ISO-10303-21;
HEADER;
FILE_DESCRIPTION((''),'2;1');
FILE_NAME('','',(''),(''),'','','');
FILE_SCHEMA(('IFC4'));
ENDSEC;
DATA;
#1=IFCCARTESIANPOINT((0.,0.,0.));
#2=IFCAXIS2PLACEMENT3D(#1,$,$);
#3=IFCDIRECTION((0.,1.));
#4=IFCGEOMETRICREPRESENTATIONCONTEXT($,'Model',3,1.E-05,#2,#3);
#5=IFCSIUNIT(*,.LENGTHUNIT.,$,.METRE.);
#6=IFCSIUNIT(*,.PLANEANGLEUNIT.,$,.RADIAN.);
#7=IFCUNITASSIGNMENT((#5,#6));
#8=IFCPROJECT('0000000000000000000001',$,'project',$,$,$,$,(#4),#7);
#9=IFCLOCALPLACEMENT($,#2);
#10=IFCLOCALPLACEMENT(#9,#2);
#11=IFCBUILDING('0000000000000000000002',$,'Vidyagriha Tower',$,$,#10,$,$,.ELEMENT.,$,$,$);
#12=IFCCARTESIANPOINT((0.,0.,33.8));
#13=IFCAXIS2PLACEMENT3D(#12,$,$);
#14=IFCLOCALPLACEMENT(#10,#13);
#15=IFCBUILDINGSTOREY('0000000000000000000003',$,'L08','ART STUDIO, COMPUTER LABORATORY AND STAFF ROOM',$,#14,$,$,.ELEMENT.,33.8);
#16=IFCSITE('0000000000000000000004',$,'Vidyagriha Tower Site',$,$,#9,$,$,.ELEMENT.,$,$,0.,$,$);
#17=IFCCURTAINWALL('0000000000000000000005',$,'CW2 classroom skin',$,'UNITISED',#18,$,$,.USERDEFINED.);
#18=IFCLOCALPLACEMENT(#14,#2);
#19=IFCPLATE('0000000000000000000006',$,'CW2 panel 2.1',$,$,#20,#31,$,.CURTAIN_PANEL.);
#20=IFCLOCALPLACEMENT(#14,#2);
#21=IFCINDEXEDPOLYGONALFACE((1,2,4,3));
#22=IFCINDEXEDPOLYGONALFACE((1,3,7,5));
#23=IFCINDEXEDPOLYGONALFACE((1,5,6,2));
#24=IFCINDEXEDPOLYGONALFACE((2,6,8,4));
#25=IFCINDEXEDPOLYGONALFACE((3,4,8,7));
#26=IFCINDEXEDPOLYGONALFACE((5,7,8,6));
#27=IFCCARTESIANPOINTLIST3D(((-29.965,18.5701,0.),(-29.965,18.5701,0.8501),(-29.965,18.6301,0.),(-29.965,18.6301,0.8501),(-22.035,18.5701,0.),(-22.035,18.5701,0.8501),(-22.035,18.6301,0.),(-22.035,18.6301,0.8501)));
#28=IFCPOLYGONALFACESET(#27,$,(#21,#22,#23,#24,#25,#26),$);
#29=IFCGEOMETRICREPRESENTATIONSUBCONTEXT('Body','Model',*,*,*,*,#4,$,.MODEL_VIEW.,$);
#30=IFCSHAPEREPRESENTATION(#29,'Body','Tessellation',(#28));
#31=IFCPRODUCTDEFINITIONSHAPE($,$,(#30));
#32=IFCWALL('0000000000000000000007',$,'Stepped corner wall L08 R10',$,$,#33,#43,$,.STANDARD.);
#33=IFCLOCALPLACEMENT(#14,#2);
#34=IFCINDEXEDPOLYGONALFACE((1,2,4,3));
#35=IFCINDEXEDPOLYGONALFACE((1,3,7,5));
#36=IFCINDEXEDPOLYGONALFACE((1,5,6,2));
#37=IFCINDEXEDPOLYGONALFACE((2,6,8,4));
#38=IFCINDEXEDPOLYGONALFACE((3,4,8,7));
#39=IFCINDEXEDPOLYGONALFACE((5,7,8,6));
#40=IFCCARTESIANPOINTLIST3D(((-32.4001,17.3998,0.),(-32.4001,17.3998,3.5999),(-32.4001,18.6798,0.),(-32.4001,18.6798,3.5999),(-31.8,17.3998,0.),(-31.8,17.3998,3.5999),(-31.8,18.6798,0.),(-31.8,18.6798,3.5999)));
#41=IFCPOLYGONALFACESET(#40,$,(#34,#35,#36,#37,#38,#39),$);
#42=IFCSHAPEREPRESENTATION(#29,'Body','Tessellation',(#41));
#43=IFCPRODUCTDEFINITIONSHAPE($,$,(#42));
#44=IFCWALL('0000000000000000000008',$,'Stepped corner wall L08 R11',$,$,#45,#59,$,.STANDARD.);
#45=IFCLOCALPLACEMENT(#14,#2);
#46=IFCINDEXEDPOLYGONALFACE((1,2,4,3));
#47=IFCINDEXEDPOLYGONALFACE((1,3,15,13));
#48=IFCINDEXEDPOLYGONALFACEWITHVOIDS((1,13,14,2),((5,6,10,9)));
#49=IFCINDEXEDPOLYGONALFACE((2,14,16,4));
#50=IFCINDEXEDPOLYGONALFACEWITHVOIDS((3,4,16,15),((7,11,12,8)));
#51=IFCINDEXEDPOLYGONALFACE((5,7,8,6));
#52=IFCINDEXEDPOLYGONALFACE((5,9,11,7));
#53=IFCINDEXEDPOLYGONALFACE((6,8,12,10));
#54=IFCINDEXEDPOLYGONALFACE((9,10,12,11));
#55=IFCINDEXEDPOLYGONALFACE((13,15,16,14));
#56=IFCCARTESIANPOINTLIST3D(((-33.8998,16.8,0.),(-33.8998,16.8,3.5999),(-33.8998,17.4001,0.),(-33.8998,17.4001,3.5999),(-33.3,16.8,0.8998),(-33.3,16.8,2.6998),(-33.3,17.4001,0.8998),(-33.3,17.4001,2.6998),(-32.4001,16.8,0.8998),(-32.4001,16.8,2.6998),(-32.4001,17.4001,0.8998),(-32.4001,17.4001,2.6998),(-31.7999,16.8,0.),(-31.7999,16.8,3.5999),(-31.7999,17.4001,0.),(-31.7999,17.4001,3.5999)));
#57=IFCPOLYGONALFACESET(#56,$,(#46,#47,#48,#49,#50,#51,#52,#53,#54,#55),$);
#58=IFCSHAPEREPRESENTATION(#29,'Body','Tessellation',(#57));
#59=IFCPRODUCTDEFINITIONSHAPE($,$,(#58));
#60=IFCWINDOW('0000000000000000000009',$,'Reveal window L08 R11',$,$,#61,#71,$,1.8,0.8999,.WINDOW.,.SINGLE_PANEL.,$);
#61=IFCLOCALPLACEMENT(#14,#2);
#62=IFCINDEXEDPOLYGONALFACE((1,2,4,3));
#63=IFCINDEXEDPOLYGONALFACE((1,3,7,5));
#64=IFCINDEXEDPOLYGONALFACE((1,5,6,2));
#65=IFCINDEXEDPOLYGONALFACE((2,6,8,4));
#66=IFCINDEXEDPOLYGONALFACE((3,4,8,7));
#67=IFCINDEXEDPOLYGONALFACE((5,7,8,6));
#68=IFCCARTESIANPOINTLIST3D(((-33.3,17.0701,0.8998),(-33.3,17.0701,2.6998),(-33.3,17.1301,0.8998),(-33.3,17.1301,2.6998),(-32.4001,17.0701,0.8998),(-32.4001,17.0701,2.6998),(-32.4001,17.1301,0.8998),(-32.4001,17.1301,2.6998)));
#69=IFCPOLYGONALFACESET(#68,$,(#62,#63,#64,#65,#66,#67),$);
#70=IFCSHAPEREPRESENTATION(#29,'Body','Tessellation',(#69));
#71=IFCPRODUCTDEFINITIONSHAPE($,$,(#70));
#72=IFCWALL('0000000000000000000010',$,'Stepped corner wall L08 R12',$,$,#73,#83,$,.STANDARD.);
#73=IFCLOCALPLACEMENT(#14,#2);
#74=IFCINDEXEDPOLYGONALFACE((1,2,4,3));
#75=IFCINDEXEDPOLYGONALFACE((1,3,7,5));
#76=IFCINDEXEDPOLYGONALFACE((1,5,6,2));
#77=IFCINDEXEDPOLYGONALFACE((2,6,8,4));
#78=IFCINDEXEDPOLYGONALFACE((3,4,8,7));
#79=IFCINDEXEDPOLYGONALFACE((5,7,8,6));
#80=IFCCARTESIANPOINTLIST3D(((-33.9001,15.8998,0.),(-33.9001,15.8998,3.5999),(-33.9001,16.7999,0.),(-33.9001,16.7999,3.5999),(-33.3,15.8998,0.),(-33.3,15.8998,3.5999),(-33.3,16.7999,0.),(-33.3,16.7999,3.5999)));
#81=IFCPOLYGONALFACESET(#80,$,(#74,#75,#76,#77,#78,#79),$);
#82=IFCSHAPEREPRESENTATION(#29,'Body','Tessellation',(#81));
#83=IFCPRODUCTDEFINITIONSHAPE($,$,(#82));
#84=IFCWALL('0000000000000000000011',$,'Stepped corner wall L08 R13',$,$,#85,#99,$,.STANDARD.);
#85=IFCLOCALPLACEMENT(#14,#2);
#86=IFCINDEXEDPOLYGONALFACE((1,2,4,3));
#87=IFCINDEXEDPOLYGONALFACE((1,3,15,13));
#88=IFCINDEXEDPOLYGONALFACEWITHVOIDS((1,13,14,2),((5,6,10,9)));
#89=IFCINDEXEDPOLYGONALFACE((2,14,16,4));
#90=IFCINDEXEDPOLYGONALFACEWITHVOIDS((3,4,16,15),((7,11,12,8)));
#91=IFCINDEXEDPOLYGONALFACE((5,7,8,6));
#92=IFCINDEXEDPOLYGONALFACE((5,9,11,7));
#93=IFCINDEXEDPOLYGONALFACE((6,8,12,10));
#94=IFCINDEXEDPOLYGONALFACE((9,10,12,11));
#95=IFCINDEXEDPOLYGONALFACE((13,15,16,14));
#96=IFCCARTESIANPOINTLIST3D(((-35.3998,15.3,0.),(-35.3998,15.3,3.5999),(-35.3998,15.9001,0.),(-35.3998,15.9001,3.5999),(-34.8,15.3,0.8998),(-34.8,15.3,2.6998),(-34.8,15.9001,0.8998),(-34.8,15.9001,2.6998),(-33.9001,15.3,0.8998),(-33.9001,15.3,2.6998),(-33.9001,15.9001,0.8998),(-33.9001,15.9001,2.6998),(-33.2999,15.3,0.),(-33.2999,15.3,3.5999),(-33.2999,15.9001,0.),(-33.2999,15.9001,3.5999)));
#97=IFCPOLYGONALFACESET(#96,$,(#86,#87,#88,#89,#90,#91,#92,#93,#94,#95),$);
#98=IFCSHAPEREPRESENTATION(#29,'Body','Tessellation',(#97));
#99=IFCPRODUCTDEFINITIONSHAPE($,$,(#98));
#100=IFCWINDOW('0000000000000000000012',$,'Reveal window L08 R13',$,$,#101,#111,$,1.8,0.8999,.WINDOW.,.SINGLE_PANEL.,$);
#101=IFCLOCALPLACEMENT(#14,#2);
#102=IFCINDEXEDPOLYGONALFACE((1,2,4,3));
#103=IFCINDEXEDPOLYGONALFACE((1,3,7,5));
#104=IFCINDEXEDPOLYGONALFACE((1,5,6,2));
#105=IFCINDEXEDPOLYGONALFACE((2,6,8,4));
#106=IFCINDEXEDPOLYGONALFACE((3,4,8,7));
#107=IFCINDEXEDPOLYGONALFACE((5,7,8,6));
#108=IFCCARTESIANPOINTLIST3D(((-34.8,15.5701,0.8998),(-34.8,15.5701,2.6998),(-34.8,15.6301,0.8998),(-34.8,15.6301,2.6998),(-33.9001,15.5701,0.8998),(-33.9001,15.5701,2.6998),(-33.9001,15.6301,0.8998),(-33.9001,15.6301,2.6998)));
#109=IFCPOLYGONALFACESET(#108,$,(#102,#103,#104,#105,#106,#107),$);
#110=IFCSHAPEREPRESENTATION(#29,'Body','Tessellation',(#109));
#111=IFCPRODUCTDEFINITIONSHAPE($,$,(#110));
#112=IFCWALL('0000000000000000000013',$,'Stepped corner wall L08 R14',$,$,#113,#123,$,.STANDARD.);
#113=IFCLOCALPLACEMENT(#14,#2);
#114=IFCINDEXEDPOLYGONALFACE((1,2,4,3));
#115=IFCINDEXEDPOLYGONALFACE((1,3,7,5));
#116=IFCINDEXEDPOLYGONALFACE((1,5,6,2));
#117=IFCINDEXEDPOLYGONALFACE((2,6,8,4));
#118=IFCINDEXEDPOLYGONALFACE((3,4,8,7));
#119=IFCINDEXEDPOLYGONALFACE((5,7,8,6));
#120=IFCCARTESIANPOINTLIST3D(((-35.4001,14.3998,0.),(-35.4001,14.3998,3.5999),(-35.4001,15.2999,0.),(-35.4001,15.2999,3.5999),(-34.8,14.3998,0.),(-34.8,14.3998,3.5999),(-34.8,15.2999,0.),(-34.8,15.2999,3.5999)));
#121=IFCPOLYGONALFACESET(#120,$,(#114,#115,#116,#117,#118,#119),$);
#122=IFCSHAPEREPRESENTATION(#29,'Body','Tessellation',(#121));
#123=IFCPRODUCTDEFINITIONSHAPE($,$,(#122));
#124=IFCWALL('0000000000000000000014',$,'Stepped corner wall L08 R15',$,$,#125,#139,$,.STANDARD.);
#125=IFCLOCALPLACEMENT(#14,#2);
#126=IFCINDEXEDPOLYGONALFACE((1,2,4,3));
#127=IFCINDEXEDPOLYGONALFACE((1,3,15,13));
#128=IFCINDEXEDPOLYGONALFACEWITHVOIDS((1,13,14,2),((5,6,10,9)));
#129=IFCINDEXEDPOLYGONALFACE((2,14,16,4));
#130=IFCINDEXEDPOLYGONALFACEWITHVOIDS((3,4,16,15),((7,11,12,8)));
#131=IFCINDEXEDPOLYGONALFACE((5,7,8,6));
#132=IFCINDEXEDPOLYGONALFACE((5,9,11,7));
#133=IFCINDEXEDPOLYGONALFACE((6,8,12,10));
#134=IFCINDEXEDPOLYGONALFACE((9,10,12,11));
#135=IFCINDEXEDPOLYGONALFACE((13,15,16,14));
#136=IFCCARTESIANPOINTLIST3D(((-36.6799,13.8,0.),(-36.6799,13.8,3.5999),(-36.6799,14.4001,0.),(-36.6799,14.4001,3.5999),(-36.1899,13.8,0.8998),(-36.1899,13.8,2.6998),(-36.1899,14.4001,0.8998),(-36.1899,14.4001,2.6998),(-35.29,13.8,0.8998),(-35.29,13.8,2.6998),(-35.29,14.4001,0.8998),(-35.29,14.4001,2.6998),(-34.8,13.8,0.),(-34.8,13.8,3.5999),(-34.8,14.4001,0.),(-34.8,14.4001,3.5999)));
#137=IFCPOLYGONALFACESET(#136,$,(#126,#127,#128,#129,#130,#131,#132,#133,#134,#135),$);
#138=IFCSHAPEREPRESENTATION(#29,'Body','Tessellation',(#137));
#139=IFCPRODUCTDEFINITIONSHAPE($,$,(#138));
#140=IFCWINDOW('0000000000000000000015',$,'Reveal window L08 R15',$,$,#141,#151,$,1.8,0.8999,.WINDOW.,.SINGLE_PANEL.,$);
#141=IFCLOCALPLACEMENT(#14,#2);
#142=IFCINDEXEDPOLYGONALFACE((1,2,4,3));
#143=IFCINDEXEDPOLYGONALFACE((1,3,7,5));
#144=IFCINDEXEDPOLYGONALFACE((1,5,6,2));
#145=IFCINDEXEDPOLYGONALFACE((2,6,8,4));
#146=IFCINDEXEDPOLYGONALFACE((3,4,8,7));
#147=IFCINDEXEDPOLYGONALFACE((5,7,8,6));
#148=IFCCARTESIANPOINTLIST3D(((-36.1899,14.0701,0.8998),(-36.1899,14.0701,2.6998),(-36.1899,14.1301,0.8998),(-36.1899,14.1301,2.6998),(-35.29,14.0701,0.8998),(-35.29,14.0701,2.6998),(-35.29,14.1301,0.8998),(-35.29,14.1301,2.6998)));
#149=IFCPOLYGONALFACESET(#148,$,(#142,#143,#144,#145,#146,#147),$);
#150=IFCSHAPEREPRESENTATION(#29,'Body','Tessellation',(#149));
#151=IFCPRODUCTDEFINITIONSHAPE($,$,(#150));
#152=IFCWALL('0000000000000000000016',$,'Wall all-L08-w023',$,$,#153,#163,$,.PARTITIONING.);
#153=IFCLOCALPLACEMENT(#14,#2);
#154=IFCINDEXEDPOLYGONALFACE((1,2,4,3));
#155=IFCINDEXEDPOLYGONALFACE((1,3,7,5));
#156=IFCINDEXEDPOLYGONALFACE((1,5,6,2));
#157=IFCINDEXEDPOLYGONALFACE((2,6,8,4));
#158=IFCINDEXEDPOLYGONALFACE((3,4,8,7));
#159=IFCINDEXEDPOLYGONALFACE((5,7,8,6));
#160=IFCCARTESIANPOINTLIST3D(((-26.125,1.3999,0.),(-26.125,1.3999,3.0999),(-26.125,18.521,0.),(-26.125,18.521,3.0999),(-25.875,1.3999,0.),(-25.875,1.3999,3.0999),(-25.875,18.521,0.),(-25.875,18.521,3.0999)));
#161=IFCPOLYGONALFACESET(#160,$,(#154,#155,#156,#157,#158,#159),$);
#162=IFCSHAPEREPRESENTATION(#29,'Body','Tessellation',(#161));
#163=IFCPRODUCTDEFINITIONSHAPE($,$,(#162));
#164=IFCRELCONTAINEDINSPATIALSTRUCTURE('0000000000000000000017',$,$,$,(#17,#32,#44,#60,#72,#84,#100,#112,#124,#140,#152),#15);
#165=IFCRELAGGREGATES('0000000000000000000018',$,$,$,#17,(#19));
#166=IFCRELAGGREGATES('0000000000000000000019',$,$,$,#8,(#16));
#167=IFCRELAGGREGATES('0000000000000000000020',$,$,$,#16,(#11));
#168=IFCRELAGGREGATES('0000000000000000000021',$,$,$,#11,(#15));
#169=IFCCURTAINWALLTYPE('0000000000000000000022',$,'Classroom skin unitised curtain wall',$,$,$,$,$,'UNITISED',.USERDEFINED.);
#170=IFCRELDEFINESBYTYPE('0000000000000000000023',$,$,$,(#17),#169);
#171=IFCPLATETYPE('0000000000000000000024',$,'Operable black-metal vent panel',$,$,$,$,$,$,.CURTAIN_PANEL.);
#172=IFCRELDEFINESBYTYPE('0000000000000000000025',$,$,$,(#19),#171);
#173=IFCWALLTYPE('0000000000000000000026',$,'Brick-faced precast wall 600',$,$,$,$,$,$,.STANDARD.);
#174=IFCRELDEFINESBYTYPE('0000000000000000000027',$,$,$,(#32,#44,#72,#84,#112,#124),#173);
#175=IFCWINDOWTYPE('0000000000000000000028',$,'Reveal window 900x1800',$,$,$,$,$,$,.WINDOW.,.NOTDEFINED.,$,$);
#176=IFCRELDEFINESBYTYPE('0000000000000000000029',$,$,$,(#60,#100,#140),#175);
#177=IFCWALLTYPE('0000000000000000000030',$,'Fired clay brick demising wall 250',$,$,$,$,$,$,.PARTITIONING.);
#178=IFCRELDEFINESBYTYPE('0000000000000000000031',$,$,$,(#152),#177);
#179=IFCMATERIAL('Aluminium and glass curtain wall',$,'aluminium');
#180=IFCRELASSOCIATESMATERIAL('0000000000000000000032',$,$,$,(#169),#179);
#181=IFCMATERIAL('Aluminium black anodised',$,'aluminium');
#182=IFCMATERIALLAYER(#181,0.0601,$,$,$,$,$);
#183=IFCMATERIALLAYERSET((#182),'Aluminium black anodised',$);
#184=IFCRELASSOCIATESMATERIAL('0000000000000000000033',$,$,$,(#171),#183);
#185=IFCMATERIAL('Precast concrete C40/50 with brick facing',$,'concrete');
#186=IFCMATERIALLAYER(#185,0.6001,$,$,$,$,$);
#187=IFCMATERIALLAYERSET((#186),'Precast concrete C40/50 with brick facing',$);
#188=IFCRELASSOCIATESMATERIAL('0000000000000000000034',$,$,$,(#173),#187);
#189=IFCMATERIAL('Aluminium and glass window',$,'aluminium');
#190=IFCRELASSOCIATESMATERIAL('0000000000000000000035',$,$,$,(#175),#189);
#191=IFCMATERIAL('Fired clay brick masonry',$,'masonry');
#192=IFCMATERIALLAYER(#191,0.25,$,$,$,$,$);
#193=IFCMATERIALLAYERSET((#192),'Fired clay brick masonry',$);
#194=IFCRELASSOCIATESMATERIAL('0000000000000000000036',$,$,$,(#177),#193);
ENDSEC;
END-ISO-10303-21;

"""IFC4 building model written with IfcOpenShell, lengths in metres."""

from ifc_helpers import new_model, si_unit, direction, frame, frame_2d, origin, origin_2d, place, context, subcontext, project, spatial, rectangle, extrude, material, layer, layer_set, type_object, element, fill, aggregate, save


model = new_model("IFC4")

# Units and contexts
model_context = context("Model", 3, precision=1e-05, world=origin(), true_north=direction((0.0, 1.0)))
body_context = subcontext(model_context, "Body", "Model", "MODEL_VIEW")
ifc_project = project(units=[si_unit("LENGTHUNIT", "METRE"), si_unit("PLANEANGLEUNIT", "RADIAN")], contexts=[model_context])

# Site, building, storey
site_placement = place(None, origin())
site = spatial("IfcSite", under=ifc_project, at=site_placement, Name="Vidyagriha Tower Site", CompositionType="ELEMENT", RefElevation=0.0)
building_placement = place(site_placement, origin())
building = spatial("IfcBuilding", under=site, at=building_placement, Name="Vidyagriha Tower", CompositionType="ELEMENT")
storey_placement = place(building_placement, frame((0.0, 0.0, 33.8)))
storey = spatial("IfcBuildingStorey", under=building, at=storey_placement, Name="L08", Description="ART STUDIO, COMPUTER LABORATORY AND STAFF ROOM", CompositionType="ELEMENT", Elevation=33.8)

# Curtain wall
ifc_material_1 = material(Name="Aluminium and glass curtain wall", Category="aluminium")
curtain_wall_type = type_object("IfcCurtainWallType", Name="Classroom skin unitised curtain wall", ElementType="UNITISED", PredefinedType="USERDEFINED", material=ifc_material_1)
curtain_wall_1_placement = place(storey_placement, origin())
curtain_wall_1 = element("IfcCurtainWall", 1, at=curtain_wall_1_placement, inside=storey, type_object=curtain_wall_type, Name="CW2 classroom skin", ObjectType="UNITISED", PredefinedType="USERDEFINED")

# Plate
ifc_material_2 = material(Name="Aluminium black anodised", Category="aluminium")
ifc_layer_1 = layer(ifc_material_2, 0.0601)
ifc_layer_set_1 = layer_set([ifc_layer_1], Name="Aluminium black anodised")
plate_type_1 = type_object("IfcPlateType", Name="Operable black-metal vent panel", PredefinedType="CURTAIN_PANEL", material=ifc_layer_set_1)
plate_1_placement = place(storey_placement, frame((-26.0, 18.6001, 0.0), z_axis=(0.0, 0.0, 1.0), x_axis=(-1.0, 0.0, 0.0)))
plate_1 = element("IfcPlate", 2, at=plate_1_placement, type_object=plate_type_1, Name="CW2 panel 2.1", PredefinedType="CURTAIN_PANEL", context=body_context, shape_type="SweptSolid", body=[
    extrude(rectangle(XDim=7.9299, YDim=0.0601, at=origin_2d()), origin(), (0.0, 0.0, 1.0), 0.8501),
])
aggregate(curtain_wall_1, [plate_1])

# Wall
ifc_material_3 = material(Name="Precast concrete C40/50 with brick facing", Category="concrete")
ifc_layer_2 = layer(ifc_material_3, 0.6001)
ifc_layer_set_2 = layer_set([ifc_layer_2], Name="Precast concrete C40/50 with brick facing")
wall_type_1 = type_object("IfcWallType", Name="Brick-faced precast wall 600", PredefinedType="STANDARD", material=ifc_layer_set_2)
wall_1_placement = place(storey_placement, frame((-32.1001, 18.6799, 0.0), z_axis=(0.0, 0.0, 1.0), x_axis=(0.0, -1.0, 0.0)))
element("IfcWall", 3, at=wall_1_placement, inside=storey, type_object=wall_type_1, Name="Stepped corner wall L08 R10", PredefinedType="STANDARD", context=body_context, shape_type="SweptSolid", body=[
    extrude(rectangle(XDim=1.28, YDim=0.6001, at=frame_2d((0.6401, 0.0))), origin(), (0.0, 0.0, 1.0), 3.5999),
])

# Wall, opening, window
wall_2_placement = place(storey_placement, frame((-31.8, 17.1001, 0.0), z_axis=(0.0, 0.0, 1.0), x_axis=(-1.0, 0.0, 0.0)))
wall_2 = element("IfcWall", 4, at=wall_2_placement, inside=storey, type_object=wall_type_1, Name="Stepped corner wall L08 R11", PredefinedType="STANDARD", context=body_context, shape_type="SweptSolid", body=[
    extrude(rectangle(XDim=2.0999, YDim=0.6001, at=frame_2d((1.0498, 0.0))), origin(), (0.0, 0.0, 1.0), 3.5999),
])
opening_1_placement = place(wall_2_placement, frame((0.6001, 0.0, 0.8999)))
opening_1 = element("IfcOpeningElement", 5, at=opening_1_placement, cuts=wall_2, PredefinedType="OPENING", context=body_context, shape_type="SweptSolid", body=[
    extrude(rectangle(XDim=0.8999, YDim=1.8, at=frame_2d((0.45, 0.8999))), frame((0.0, 0.3101, 0.0), z_axis=(0.0, -1.0, 0.0), x_axis=(1.0, 0.0, 0.0)), (0.0, 0.0, 1.0), 0.6201),
])
ifc_material_4 = material(Name="Aluminium and glass window", Category="aluminium")
window_type = type_object("IfcWindowType", Name="Reveal window 900x1800", PartitioningType="NOTDEFINED", PredefinedType="WINDOW", material=ifc_material_4)
window_1_placement = place(opening_1_placement, origin())
window_1 = element("IfcWindow", 6, at=window_1_placement, inside=storey, type_object=window_type, Name="Reveal window L08 R11", OverallHeight=1.8, OverallWidth=0.8999, PartitioningType="SINGLE_PANEL", PredefinedType="WINDOW", context=body_context, shape_type="SweptSolid", body=[
    extrude(rectangle(XDim=0.8999, YDim=1.8, at=frame_2d((0.45, 0.8999))), frame((0.0, 0.03, 0.0), z_axis=(0.0, -1.0, 0.0), x_axis=(1.0, 0.0, 0.0)), (0.0, 0.0, 1.0), 0.0601),
])
fill(opening_1, window_1)

# Wall
wall_3_placement = place(storey_placement, frame((-33.6001, 16.8, 0.0), z_axis=(0.0, 0.0, 1.0), x_axis=(0.0, -1.0, 0.0)))
element("IfcWall", 7, at=wall_3_placement, inside=storey, type_object=wall_type_1, Name="Stepped corner wall L08 R12", PredefinedType="STANDARD", context=body_context, shape_type="SweptSolid", body=[
    extrude(rectangle(XDim=0.9001, YDim=0.6001, at=frame_2d((0.4502, 0.0))), origin(), (0.0, 0.0, 1.0), 3.5999),
])

# Wall, opening, window
wall_4_placement = place(storey_placement, frame((-33.3, 15.6001, 0.0), z_axis=(0.0, 0.0, 1.0), x_axis=(-1.0, 0.0, 0.0)))
wall_4 = element("IfcWall", 8, at=wall_4_placement, inside=storey, type_object=wall_type_1, Name="Stepped corner wall L08 R13", PredefinedType="STANDARD", context=body_context, shape_type="SweptSolid", body=[
    extrude(rectangle(XDim=2.0999, YDim=0.6001, at=frame_2d((1.0498, 0.0))), origin(), (0.0, 0.0, 1.0), 3.5999),
])
opening_2_placement = place(wall_4_placement, frame((0.6001, 0.0, 0.8999)))
opening_2 = element("IfcOpeningElement", 9, at=opening_2_placement, cuts=wall_4, PredefinedType="OPENING", context=body_context, shape_type="SweptSolid", body=[
    extrude(rectangle(XDim=0.8999, YDim=1.8, at=frame_2d((0.45, 0.8999))), frame((0.0, 0.3101, 0.0), z_axis=(0.0, -1.0, 0.0), x_axis=(1.0, 0.0, 0.0)), (0.0, 0.0, 1.0), 0.6201),
])
window_2_placement = place(opening_2_placement, origin())
window_2 = element("IfcWindow", 10, at=window_2_placement, inside=storey, type_object=window_type, Name="Reveal window L08 R13", OverallHeight=1.8, OverallWidth=0.8999, PartitioningType="SINGLE_PANEL", PredefinedType="WINDOW", context=body_context, shape_type="SweptSolid", body=[
    extrude(rectangle(XDim=0.8999, YDim=1.8, at=frame_2d((0.45, 0.8999))), frame((0.0, 0.03, 0.0), z_axis=(0.0, -1.0, 0.0), x_axis=(1.0, 0.0, 0.0)), (0.0, 0.0, 1.0), 0.0601),
])
fill(opening_2, window_2)

# Wall
wall_5_placement = place(storey_placement, frame((-35.1001, 15.3, 0.0), z_axis=(0.0, 0.0, 1.0), x_axis=(0.0, -1.0, 0.0)))
element("IfcWall", 11, at=wall_5_placement, inside=storey, type_object=wall_type_1, Name="Stepped corner wall L08 R14", PredefinedType="STANDARD", context=body_context, shape_type="SweptSolid", body=[
    extrude(rectangle(XDim=0.9001, YDim=0.6001, at=frame_2d((0.4502, 0.0))), origin(), (0.0, 0.0, 1.0), 3.5999),
])

# Wall, opening, window
wall_6_placement = place(storey_placement, frame((-34.8, 14.1001, 0.0), z_axis=(0.0, 0.0, 1.0), x_axis=(-1.0, 0.0, 0.0)))
wall_6 = element("IfcWall", 12, at=wall_6_placement, inside=storey, type_object=wall_type_1, Name="Stepped corner wall L08 R15", PredefinedType="STANDARD", context=body_context, shape_type="SweptSolid", body=[
    extrude(rectangle(XDim=1.8799, YDim=0.6001, at=frame_2d((0.9399, 0.0))), origin(), (0.0, 0.0, 1.0), 3.5999),
])
opening_3_placement = place(wall_6_placement, frame((0.49, 0.0, 0.8999)))
opening_3 = element("IfcOpeningElement", 13, at=opening_3_placement, cuts=wall_6, PredefinedType="OPENING", context=body_context, shape_type="SweptSolid", body=[
    extrude(rectangle(XDim=0.8999, YDim=1.8, at=frame_2d((0.45, 0.8999))), frame((0.0, 0.3101, 0.0), z_axis=(0.0, -1.0, 0.0), x_axis=(1.0, 0.0, 0.0)), (0.0, 0.0, 1.0), 0.6201),
])
window_3_placement = place(opening_3_placement, origin())
window_3 = element("IfcWindow", 14, at=window_3_placement, inside=storey, type_object=window_type, Name="Reveal window L08 R15", OverallHeight=1.8, OverallWidth=0.8999, PartitioningType="SINGLE_PANEL", PredefinedType="WINDOW", context=body_context, shape_type="SweptSolid", body=[
    extrude(rectangle(XDim=0.8999, YDim=1.8, at=frame_2d((0.45, 0.8999))), frame((0.0, 0.03, 0.0), z_axis=(0.0, -1.0, 0.0), x_axis=(1.0, 0.0, 0.0)), (0.0, 0.0, 1.0), 0.0601),
])
fill(opening_3, window_3)

# Wall
ifc_material_5 = material(Name="Fired clay brick masonry", Category="masonry")
ifc_layer_3 = layer(ifc_material_5, 0.25)
ifc_layer_set_3 = layer_set([ifc_layer_3], Name="Fired clay brick masonry")
wall_type_2 = type_object("IfcWallType", Name="Fired clay brick demising wall 250", PredefinedType="PARTITIONING", material=ifc_layer_set_3)
wall_7_placement = place(storey_placement, frame((-26.0, 18.521, 0.0), z_axis=(0.0, 0.0, 1.0), x_axis=(0.0, -1.0, 0.0)))
element("IfcWall", 15, at=wall_7_placement, inside=storey, type_object=wall_type_2, Name="Wall all-L08-w023", PredefinedType="PARTITIONING", context=body_context, shape_type="SweptSolid", body=[
    extrude(rectangle(XDim=17.1211, YDim=0.25, at=frame_2d((8.5605, 0.0))), origin(), (0.0, 0.0, 1.0), 3.0999),
])

save(model, "model.ifc")
